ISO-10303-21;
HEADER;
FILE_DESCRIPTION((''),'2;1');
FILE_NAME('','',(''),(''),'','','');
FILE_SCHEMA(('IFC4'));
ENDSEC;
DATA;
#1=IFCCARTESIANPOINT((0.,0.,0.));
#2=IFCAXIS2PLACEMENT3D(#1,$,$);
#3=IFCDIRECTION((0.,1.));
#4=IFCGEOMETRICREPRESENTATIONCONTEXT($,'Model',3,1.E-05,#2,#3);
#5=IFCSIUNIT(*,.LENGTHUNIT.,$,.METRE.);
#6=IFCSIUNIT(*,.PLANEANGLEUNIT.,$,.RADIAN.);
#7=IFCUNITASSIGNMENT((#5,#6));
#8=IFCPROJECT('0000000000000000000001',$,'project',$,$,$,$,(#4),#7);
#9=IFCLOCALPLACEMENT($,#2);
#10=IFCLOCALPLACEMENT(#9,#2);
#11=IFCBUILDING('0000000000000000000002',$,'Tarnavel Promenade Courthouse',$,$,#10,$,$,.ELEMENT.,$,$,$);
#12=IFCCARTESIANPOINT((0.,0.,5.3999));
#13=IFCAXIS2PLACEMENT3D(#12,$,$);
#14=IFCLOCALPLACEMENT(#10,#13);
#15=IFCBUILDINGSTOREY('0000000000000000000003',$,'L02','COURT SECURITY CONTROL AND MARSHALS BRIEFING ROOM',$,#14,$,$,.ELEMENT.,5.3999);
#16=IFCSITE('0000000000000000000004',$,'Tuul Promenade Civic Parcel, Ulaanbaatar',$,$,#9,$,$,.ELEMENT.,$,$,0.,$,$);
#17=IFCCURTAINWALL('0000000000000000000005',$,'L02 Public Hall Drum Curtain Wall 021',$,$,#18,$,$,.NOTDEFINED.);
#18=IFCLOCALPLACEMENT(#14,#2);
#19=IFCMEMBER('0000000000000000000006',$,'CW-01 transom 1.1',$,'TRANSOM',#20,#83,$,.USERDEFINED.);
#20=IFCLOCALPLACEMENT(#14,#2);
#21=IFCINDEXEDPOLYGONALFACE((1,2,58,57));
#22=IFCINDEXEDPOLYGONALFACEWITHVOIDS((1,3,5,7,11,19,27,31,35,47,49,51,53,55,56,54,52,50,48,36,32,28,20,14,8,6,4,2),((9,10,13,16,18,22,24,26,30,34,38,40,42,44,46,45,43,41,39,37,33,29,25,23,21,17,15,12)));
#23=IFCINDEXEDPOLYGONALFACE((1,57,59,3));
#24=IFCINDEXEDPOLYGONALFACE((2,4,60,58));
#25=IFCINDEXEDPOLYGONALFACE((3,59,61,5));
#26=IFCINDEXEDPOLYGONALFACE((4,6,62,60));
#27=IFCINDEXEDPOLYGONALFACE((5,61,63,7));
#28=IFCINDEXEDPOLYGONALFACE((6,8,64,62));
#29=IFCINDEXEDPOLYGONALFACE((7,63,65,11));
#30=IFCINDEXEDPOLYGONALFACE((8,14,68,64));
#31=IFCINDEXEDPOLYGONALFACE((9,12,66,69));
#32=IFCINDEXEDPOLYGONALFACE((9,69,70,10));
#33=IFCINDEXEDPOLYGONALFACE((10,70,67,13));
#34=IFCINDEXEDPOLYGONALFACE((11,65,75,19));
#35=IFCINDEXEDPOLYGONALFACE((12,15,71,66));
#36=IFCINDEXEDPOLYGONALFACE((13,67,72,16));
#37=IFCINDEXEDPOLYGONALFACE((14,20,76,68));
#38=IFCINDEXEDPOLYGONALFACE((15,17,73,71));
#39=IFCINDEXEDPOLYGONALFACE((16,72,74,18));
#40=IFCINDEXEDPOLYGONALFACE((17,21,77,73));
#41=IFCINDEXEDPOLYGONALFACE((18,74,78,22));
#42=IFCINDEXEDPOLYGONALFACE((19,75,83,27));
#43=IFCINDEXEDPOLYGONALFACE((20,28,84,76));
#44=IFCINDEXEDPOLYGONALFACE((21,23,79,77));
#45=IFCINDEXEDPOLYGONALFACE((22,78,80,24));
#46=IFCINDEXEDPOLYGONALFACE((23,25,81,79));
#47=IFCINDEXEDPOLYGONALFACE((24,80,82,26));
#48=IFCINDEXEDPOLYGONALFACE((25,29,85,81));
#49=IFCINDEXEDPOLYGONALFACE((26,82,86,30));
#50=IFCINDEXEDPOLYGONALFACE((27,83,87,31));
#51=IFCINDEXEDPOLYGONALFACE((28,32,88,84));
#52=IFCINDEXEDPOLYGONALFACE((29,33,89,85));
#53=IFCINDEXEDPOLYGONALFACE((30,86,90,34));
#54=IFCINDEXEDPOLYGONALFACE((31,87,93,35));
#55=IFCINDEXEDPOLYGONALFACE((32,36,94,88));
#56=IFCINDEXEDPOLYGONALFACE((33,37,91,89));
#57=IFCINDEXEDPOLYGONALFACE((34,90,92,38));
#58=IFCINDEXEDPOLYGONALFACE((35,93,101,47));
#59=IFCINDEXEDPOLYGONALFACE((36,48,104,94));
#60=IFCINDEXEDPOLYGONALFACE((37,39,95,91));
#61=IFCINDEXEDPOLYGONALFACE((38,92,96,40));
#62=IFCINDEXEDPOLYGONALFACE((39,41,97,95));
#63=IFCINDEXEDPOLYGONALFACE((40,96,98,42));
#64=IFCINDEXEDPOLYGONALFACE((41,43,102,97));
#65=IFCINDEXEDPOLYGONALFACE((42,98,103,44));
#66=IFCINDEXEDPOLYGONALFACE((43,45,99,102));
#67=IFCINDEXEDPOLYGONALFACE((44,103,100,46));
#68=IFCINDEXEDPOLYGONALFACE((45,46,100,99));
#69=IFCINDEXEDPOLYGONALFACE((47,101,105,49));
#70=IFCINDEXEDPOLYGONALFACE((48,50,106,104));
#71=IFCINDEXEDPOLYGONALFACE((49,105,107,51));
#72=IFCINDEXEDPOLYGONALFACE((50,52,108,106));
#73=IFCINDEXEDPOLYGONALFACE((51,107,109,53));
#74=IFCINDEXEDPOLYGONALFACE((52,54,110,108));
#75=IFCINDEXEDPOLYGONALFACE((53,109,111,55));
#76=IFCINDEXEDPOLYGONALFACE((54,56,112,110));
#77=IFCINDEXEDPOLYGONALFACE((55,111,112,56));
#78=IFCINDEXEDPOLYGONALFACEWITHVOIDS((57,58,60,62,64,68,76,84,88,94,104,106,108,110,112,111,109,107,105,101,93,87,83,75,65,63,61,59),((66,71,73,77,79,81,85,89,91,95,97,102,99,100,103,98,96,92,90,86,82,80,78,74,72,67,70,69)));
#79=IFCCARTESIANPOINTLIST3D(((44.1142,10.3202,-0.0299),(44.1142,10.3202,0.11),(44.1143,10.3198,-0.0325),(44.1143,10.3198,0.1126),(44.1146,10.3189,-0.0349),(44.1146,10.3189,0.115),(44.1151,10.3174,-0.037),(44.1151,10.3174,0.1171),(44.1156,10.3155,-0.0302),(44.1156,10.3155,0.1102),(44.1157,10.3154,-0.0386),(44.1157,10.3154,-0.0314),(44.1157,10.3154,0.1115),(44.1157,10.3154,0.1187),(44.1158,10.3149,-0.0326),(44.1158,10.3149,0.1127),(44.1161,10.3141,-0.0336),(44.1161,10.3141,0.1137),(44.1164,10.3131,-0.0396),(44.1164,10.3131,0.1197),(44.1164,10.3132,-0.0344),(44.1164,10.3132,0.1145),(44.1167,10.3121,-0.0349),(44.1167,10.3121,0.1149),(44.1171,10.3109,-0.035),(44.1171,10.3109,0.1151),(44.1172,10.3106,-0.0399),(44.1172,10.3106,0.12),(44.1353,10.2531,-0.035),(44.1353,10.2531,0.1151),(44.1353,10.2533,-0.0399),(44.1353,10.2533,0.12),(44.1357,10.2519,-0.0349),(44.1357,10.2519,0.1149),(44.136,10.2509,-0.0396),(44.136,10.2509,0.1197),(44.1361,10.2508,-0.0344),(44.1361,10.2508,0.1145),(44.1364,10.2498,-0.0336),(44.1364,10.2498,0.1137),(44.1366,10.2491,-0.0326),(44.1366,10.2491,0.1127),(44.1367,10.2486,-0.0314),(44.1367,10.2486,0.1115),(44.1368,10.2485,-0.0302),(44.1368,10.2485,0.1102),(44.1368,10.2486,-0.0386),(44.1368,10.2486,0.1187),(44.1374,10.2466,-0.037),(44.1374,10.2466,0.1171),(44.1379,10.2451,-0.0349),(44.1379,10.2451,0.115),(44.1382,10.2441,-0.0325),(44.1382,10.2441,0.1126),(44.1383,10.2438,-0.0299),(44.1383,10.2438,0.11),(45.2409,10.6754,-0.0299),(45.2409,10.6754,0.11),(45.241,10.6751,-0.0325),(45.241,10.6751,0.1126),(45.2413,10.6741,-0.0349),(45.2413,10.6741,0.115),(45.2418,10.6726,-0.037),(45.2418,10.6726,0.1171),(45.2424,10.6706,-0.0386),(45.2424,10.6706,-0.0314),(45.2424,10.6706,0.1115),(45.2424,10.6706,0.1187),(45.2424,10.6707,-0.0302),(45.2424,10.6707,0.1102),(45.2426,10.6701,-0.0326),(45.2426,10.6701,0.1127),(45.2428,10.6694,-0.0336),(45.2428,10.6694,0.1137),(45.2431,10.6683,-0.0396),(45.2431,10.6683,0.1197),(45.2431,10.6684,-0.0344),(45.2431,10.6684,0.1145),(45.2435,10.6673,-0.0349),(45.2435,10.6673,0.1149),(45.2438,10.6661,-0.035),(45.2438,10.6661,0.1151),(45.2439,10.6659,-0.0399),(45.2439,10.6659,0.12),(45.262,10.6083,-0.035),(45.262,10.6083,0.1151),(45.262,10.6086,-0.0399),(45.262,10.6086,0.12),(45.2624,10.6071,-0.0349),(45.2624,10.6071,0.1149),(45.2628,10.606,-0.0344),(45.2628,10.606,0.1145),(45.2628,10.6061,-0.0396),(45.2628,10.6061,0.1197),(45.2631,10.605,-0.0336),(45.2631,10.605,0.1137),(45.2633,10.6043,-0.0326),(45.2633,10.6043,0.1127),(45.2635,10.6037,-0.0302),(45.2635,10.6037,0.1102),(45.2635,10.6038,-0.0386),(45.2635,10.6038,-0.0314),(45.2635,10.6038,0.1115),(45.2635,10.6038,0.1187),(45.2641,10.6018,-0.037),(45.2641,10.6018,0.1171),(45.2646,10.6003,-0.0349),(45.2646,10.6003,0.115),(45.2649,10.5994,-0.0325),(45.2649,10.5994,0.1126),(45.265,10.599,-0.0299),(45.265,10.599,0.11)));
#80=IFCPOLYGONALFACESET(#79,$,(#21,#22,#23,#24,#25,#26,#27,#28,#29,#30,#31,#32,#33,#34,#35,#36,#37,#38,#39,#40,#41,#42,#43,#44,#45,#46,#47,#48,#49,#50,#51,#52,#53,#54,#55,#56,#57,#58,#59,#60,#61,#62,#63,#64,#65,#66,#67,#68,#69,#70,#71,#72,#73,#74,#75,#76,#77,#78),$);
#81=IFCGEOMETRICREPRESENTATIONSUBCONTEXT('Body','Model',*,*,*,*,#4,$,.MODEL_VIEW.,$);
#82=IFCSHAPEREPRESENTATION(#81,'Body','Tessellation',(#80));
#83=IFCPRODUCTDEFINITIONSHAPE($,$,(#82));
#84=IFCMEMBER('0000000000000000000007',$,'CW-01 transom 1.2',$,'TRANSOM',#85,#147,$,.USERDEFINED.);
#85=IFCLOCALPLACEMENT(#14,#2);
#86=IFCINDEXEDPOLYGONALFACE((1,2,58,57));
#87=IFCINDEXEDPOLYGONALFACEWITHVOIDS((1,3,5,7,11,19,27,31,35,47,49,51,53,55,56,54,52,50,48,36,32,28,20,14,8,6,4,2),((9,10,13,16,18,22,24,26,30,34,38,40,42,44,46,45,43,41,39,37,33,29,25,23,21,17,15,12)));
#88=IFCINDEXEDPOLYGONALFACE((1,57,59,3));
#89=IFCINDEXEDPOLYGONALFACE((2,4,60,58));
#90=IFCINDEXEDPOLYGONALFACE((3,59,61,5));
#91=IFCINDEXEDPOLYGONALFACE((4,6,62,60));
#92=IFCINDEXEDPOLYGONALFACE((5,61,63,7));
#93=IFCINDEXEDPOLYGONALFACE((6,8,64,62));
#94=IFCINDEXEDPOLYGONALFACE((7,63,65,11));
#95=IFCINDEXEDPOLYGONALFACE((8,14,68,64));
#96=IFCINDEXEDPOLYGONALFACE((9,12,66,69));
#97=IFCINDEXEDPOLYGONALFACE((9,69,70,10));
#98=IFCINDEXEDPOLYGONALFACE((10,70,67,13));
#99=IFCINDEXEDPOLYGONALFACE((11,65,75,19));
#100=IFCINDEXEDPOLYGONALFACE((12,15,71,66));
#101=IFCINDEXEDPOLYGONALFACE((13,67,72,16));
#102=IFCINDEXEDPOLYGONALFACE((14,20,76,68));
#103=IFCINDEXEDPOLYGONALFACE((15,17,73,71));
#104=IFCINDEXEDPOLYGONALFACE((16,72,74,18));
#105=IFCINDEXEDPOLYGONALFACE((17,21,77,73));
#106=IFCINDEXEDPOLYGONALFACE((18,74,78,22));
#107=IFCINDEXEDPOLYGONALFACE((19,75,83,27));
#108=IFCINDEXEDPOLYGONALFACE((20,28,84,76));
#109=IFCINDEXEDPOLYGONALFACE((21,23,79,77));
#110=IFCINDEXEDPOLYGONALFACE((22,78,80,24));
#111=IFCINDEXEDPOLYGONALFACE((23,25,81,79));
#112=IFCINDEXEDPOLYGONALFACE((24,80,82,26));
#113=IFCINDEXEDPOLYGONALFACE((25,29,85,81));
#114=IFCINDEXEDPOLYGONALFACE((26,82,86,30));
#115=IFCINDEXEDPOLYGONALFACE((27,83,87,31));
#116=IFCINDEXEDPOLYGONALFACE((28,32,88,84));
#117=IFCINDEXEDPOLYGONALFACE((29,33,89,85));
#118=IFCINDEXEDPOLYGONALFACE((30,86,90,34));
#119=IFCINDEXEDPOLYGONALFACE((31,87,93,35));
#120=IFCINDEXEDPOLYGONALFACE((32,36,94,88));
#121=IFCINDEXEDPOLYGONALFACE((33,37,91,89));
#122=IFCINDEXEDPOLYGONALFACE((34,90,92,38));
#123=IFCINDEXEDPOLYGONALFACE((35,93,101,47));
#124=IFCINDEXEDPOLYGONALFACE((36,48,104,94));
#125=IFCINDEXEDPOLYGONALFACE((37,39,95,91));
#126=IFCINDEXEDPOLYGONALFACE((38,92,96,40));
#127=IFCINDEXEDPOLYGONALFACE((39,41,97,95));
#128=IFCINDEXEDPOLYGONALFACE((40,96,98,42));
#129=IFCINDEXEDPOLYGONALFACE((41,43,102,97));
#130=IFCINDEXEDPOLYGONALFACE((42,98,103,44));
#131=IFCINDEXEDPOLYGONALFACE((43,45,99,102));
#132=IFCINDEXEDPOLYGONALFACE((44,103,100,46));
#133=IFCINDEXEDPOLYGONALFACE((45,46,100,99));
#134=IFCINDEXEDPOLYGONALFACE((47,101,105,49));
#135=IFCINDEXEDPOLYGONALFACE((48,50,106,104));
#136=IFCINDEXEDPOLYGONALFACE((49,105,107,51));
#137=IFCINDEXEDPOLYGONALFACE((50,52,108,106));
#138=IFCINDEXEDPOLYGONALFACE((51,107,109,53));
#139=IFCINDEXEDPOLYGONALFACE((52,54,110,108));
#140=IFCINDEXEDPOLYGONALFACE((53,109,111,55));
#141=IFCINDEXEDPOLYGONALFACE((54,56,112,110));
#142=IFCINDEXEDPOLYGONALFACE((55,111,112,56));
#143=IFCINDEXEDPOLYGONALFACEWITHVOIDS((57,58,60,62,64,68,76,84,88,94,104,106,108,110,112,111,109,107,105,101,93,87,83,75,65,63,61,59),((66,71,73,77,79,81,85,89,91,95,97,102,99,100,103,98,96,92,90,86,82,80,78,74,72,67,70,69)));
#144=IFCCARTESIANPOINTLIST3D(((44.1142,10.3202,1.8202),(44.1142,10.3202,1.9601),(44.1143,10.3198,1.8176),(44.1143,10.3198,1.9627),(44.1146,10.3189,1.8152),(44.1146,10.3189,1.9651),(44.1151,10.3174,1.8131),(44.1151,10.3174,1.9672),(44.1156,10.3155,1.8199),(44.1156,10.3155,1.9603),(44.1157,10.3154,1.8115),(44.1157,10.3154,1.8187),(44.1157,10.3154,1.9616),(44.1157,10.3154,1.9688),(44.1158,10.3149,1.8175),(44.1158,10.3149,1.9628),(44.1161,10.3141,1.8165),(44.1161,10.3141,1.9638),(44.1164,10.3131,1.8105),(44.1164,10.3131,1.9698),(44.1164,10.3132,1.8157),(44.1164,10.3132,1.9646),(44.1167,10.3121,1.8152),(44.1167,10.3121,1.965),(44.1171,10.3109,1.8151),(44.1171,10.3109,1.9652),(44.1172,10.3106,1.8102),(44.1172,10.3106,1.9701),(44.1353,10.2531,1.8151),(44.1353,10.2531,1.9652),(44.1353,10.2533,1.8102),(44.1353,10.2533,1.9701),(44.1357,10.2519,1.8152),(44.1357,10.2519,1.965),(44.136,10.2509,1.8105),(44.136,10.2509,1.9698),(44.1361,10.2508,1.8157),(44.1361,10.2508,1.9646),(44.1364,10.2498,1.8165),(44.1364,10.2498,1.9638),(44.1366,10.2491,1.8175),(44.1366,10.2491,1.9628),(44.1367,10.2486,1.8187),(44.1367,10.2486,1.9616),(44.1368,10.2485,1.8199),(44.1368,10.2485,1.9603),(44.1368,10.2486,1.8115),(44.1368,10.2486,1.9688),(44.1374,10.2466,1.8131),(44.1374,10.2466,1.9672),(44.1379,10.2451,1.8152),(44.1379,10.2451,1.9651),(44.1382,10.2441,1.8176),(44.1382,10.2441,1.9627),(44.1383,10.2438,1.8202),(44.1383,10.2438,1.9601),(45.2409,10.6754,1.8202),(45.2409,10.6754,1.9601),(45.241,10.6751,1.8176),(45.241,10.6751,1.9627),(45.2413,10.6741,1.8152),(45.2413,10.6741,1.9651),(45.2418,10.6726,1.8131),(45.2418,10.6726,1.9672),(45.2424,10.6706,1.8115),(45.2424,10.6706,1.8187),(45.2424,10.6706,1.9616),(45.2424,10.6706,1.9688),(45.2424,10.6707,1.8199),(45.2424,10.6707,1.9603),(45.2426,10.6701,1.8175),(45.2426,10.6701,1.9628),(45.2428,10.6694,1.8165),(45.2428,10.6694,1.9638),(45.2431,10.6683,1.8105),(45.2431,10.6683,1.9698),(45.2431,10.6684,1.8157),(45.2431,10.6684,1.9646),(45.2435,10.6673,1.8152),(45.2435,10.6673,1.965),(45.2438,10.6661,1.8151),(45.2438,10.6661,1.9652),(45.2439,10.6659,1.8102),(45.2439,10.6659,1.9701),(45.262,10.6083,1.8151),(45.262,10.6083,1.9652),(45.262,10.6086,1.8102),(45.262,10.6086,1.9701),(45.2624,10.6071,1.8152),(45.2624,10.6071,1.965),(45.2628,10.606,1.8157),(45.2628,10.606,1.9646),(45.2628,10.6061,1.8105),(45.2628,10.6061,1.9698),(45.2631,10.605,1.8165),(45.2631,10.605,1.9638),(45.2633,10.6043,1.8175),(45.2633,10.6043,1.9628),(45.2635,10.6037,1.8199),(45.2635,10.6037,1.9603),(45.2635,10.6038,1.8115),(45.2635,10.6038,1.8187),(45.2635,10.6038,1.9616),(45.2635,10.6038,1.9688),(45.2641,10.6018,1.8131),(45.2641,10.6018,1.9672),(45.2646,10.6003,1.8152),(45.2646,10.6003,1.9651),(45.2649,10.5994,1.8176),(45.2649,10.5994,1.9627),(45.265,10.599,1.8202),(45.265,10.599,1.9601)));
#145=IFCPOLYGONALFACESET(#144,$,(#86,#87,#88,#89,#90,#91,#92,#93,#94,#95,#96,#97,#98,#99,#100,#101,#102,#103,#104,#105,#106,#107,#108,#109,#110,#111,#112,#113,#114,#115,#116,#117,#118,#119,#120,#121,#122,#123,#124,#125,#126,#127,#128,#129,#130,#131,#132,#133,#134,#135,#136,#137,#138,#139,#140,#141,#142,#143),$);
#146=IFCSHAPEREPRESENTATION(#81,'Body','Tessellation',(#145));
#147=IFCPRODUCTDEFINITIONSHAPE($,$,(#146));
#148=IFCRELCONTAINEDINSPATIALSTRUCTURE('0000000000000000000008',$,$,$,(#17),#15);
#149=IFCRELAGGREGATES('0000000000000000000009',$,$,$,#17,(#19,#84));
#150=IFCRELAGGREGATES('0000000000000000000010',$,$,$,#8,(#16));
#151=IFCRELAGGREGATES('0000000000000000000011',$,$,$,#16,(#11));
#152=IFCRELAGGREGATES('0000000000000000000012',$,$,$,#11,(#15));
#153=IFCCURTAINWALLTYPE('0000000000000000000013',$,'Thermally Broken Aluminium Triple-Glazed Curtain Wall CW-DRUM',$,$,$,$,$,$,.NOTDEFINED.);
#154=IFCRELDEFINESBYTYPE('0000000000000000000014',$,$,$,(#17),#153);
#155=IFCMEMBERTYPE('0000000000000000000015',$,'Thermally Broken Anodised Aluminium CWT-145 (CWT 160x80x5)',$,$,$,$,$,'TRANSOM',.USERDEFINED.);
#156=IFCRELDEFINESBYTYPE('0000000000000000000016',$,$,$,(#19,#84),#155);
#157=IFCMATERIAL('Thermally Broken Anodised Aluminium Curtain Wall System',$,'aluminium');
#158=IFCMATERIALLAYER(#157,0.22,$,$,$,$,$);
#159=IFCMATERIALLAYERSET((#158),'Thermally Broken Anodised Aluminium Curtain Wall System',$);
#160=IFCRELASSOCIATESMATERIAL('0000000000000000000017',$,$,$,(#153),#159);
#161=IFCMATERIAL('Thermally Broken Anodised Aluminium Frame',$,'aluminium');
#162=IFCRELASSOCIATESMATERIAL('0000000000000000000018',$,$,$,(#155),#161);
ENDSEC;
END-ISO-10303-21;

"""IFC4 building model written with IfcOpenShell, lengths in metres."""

from ifc_helpers import new_model, si_unit, direction, frame, origin, origin_2d, place, context, subcontext, project, spatial, hollow_rectangle, extrude, material, layer, layer_set, material_profile, profile_set, type_object, element, aggregate, save


model = new_model("IFC4")

# Units and contexts
model_context = context("Model", 3, precision=1e-05, world=origin(), true_north=direction((0.0, 1.0)))
body_context = subcontext(model_context, "Body", "Model", "MODEL_VIEW")
ifc_project = project(units=[si_unit("LENGTHUNIT", "METRE"), si_unit("PLANEANGLEUNIT", "RADIAN")], contexts=[model_context])

# Site, building, storey
site_placement = place(None, origin())
site = spatial("IfcSite", under=ifc_project, at=site_placement, Name="Tuul Promenade Civic Parcel, Ulaanbaatar", CompositionType="ELEMENT", RefElevation=0.0)
building_placement = place(site_placement, origin())
building = spatial("IfcBuilding", under=site, at=building_placement, Name="Tarnavel Promenade Courthouse", CompositionType="ELEMENT")
storey_placement = place(building_placement, frame((0.0, 0.0, 5.3999)))
storey = spatial("IfcBuildingStorey", under=building, at=storey_placement, Name="L02", Description="COURT SECURITY CONTROL AND MARSHALS BRIEFING ROOM", CompositionType="ELEMENT", Elevation=5.3999)

# Curtain wall
ifc_material_1 = material(Name="Thermally Broken Anodised Aluminium Curtain Wall System", Category="aluminium")
ifc_layer_1 = layer(ifc_material_1, 0.22)
ifc_layer_set_1 = layer_set([ifc_layer_1], Name="Thermally Broken Anodised Aluminium Curtain Wall System")
curtain_wall_type = type_object("IfcCurtainWallType", Name="Thermally Broken Aluminium Triple-Glazed Curtain Wall CW-DRUM", PredefinedType="NOTDEFINED", material=ifc_layer_set_1)
ifc_material_2 = material(Name="Thermally Broken Anodised Aluminium Frame", Category="aluminium")
curtain_wall_1_placement = place(storey_placement, origin())
curtain_wall_1 = element("IfcCurtainWall", 1, at=curtain_wall_1_placement, inside=storey, type_object=curtain_wall_type, Name="L02 Public Hall Drum Curtain Wall 021", PredefinedType="NOTDEFINED")

# Members
ifc_material_profile_1 = material_profile(ifc_material_2, hollow_rectangle(XDim=0.0801, YDim=0.1599, WallThickness=0.0049, InnerFilletRadius=0.0049, OuterFilletRadius=0.01, at=origin_2d()), Name="CWT 160x80x5")
ifc_profile_set_1 = profile_set([ifc_material_profile_1], Name="Thermally Broken Anodised Aluminium Frame")
member_type_1 = type_object("IfcMemberType", Name="Thermally Broken Anodised Aluminium CWT-145 (CWT 160x80x5)", ElementType="TRANSOM", PredefinedType="USERDEFINED", material=ifc_profile_set_1)
member_1_placement = place(storey_placement, frame((44.1262, 10.282, 0.04), z_axis=(0.953723, 0.300686, 0.0), x_axis=(-0.300686, 0.953723, 0.0)))
member_1 = element("IfcMember", 2, at=member_1_placement, type_object=member_type_1, Name="CW-01 transom 1.1", ObjectType="TRANSOM", PredefinedType="USERDEFINED", context=body_context, shape_type="SweptSolid", body=[
    extrude(hollow_rectangle(XDim=0.0801, YDim=0.1599, WallThickness=0.0049, InnerFilletRadius=0.0049, OuterFilletRadius=0.01, at=origin_2d()), origin(), (0.0, 0.0, 1.0), 1.1814),
])
member_2_placement = place(storey_placement, frame((44.1262, 10.282, 1.8901), z_axis=(0.953723, 0.300686, 0.0), x_axis=(-0.300686, 0.953723, 0.0)))
member_2 = element("IfcMember", 3, at=member_2_placement, type_object=member_type_1, Name="CW-01 transom 1.2", ObjectType="TRANSOM", PredefinedType="USERDEFINED", context=body_context, shape_type="SweptSolid", body=[
    extrude(hollow_rectangle(XDim=0.0801, YDim=0.1599, WallThickness=0.0049, InnerFilletRadius=0.0049, OuterFilletRadius=0.01, at=origin_2d()), origin(), (0.0, 0.0, 1.0), 1.1814),
])

aggregate(curtain_wall_1, [member_1, member_2])

save(model, "model.ifc")
